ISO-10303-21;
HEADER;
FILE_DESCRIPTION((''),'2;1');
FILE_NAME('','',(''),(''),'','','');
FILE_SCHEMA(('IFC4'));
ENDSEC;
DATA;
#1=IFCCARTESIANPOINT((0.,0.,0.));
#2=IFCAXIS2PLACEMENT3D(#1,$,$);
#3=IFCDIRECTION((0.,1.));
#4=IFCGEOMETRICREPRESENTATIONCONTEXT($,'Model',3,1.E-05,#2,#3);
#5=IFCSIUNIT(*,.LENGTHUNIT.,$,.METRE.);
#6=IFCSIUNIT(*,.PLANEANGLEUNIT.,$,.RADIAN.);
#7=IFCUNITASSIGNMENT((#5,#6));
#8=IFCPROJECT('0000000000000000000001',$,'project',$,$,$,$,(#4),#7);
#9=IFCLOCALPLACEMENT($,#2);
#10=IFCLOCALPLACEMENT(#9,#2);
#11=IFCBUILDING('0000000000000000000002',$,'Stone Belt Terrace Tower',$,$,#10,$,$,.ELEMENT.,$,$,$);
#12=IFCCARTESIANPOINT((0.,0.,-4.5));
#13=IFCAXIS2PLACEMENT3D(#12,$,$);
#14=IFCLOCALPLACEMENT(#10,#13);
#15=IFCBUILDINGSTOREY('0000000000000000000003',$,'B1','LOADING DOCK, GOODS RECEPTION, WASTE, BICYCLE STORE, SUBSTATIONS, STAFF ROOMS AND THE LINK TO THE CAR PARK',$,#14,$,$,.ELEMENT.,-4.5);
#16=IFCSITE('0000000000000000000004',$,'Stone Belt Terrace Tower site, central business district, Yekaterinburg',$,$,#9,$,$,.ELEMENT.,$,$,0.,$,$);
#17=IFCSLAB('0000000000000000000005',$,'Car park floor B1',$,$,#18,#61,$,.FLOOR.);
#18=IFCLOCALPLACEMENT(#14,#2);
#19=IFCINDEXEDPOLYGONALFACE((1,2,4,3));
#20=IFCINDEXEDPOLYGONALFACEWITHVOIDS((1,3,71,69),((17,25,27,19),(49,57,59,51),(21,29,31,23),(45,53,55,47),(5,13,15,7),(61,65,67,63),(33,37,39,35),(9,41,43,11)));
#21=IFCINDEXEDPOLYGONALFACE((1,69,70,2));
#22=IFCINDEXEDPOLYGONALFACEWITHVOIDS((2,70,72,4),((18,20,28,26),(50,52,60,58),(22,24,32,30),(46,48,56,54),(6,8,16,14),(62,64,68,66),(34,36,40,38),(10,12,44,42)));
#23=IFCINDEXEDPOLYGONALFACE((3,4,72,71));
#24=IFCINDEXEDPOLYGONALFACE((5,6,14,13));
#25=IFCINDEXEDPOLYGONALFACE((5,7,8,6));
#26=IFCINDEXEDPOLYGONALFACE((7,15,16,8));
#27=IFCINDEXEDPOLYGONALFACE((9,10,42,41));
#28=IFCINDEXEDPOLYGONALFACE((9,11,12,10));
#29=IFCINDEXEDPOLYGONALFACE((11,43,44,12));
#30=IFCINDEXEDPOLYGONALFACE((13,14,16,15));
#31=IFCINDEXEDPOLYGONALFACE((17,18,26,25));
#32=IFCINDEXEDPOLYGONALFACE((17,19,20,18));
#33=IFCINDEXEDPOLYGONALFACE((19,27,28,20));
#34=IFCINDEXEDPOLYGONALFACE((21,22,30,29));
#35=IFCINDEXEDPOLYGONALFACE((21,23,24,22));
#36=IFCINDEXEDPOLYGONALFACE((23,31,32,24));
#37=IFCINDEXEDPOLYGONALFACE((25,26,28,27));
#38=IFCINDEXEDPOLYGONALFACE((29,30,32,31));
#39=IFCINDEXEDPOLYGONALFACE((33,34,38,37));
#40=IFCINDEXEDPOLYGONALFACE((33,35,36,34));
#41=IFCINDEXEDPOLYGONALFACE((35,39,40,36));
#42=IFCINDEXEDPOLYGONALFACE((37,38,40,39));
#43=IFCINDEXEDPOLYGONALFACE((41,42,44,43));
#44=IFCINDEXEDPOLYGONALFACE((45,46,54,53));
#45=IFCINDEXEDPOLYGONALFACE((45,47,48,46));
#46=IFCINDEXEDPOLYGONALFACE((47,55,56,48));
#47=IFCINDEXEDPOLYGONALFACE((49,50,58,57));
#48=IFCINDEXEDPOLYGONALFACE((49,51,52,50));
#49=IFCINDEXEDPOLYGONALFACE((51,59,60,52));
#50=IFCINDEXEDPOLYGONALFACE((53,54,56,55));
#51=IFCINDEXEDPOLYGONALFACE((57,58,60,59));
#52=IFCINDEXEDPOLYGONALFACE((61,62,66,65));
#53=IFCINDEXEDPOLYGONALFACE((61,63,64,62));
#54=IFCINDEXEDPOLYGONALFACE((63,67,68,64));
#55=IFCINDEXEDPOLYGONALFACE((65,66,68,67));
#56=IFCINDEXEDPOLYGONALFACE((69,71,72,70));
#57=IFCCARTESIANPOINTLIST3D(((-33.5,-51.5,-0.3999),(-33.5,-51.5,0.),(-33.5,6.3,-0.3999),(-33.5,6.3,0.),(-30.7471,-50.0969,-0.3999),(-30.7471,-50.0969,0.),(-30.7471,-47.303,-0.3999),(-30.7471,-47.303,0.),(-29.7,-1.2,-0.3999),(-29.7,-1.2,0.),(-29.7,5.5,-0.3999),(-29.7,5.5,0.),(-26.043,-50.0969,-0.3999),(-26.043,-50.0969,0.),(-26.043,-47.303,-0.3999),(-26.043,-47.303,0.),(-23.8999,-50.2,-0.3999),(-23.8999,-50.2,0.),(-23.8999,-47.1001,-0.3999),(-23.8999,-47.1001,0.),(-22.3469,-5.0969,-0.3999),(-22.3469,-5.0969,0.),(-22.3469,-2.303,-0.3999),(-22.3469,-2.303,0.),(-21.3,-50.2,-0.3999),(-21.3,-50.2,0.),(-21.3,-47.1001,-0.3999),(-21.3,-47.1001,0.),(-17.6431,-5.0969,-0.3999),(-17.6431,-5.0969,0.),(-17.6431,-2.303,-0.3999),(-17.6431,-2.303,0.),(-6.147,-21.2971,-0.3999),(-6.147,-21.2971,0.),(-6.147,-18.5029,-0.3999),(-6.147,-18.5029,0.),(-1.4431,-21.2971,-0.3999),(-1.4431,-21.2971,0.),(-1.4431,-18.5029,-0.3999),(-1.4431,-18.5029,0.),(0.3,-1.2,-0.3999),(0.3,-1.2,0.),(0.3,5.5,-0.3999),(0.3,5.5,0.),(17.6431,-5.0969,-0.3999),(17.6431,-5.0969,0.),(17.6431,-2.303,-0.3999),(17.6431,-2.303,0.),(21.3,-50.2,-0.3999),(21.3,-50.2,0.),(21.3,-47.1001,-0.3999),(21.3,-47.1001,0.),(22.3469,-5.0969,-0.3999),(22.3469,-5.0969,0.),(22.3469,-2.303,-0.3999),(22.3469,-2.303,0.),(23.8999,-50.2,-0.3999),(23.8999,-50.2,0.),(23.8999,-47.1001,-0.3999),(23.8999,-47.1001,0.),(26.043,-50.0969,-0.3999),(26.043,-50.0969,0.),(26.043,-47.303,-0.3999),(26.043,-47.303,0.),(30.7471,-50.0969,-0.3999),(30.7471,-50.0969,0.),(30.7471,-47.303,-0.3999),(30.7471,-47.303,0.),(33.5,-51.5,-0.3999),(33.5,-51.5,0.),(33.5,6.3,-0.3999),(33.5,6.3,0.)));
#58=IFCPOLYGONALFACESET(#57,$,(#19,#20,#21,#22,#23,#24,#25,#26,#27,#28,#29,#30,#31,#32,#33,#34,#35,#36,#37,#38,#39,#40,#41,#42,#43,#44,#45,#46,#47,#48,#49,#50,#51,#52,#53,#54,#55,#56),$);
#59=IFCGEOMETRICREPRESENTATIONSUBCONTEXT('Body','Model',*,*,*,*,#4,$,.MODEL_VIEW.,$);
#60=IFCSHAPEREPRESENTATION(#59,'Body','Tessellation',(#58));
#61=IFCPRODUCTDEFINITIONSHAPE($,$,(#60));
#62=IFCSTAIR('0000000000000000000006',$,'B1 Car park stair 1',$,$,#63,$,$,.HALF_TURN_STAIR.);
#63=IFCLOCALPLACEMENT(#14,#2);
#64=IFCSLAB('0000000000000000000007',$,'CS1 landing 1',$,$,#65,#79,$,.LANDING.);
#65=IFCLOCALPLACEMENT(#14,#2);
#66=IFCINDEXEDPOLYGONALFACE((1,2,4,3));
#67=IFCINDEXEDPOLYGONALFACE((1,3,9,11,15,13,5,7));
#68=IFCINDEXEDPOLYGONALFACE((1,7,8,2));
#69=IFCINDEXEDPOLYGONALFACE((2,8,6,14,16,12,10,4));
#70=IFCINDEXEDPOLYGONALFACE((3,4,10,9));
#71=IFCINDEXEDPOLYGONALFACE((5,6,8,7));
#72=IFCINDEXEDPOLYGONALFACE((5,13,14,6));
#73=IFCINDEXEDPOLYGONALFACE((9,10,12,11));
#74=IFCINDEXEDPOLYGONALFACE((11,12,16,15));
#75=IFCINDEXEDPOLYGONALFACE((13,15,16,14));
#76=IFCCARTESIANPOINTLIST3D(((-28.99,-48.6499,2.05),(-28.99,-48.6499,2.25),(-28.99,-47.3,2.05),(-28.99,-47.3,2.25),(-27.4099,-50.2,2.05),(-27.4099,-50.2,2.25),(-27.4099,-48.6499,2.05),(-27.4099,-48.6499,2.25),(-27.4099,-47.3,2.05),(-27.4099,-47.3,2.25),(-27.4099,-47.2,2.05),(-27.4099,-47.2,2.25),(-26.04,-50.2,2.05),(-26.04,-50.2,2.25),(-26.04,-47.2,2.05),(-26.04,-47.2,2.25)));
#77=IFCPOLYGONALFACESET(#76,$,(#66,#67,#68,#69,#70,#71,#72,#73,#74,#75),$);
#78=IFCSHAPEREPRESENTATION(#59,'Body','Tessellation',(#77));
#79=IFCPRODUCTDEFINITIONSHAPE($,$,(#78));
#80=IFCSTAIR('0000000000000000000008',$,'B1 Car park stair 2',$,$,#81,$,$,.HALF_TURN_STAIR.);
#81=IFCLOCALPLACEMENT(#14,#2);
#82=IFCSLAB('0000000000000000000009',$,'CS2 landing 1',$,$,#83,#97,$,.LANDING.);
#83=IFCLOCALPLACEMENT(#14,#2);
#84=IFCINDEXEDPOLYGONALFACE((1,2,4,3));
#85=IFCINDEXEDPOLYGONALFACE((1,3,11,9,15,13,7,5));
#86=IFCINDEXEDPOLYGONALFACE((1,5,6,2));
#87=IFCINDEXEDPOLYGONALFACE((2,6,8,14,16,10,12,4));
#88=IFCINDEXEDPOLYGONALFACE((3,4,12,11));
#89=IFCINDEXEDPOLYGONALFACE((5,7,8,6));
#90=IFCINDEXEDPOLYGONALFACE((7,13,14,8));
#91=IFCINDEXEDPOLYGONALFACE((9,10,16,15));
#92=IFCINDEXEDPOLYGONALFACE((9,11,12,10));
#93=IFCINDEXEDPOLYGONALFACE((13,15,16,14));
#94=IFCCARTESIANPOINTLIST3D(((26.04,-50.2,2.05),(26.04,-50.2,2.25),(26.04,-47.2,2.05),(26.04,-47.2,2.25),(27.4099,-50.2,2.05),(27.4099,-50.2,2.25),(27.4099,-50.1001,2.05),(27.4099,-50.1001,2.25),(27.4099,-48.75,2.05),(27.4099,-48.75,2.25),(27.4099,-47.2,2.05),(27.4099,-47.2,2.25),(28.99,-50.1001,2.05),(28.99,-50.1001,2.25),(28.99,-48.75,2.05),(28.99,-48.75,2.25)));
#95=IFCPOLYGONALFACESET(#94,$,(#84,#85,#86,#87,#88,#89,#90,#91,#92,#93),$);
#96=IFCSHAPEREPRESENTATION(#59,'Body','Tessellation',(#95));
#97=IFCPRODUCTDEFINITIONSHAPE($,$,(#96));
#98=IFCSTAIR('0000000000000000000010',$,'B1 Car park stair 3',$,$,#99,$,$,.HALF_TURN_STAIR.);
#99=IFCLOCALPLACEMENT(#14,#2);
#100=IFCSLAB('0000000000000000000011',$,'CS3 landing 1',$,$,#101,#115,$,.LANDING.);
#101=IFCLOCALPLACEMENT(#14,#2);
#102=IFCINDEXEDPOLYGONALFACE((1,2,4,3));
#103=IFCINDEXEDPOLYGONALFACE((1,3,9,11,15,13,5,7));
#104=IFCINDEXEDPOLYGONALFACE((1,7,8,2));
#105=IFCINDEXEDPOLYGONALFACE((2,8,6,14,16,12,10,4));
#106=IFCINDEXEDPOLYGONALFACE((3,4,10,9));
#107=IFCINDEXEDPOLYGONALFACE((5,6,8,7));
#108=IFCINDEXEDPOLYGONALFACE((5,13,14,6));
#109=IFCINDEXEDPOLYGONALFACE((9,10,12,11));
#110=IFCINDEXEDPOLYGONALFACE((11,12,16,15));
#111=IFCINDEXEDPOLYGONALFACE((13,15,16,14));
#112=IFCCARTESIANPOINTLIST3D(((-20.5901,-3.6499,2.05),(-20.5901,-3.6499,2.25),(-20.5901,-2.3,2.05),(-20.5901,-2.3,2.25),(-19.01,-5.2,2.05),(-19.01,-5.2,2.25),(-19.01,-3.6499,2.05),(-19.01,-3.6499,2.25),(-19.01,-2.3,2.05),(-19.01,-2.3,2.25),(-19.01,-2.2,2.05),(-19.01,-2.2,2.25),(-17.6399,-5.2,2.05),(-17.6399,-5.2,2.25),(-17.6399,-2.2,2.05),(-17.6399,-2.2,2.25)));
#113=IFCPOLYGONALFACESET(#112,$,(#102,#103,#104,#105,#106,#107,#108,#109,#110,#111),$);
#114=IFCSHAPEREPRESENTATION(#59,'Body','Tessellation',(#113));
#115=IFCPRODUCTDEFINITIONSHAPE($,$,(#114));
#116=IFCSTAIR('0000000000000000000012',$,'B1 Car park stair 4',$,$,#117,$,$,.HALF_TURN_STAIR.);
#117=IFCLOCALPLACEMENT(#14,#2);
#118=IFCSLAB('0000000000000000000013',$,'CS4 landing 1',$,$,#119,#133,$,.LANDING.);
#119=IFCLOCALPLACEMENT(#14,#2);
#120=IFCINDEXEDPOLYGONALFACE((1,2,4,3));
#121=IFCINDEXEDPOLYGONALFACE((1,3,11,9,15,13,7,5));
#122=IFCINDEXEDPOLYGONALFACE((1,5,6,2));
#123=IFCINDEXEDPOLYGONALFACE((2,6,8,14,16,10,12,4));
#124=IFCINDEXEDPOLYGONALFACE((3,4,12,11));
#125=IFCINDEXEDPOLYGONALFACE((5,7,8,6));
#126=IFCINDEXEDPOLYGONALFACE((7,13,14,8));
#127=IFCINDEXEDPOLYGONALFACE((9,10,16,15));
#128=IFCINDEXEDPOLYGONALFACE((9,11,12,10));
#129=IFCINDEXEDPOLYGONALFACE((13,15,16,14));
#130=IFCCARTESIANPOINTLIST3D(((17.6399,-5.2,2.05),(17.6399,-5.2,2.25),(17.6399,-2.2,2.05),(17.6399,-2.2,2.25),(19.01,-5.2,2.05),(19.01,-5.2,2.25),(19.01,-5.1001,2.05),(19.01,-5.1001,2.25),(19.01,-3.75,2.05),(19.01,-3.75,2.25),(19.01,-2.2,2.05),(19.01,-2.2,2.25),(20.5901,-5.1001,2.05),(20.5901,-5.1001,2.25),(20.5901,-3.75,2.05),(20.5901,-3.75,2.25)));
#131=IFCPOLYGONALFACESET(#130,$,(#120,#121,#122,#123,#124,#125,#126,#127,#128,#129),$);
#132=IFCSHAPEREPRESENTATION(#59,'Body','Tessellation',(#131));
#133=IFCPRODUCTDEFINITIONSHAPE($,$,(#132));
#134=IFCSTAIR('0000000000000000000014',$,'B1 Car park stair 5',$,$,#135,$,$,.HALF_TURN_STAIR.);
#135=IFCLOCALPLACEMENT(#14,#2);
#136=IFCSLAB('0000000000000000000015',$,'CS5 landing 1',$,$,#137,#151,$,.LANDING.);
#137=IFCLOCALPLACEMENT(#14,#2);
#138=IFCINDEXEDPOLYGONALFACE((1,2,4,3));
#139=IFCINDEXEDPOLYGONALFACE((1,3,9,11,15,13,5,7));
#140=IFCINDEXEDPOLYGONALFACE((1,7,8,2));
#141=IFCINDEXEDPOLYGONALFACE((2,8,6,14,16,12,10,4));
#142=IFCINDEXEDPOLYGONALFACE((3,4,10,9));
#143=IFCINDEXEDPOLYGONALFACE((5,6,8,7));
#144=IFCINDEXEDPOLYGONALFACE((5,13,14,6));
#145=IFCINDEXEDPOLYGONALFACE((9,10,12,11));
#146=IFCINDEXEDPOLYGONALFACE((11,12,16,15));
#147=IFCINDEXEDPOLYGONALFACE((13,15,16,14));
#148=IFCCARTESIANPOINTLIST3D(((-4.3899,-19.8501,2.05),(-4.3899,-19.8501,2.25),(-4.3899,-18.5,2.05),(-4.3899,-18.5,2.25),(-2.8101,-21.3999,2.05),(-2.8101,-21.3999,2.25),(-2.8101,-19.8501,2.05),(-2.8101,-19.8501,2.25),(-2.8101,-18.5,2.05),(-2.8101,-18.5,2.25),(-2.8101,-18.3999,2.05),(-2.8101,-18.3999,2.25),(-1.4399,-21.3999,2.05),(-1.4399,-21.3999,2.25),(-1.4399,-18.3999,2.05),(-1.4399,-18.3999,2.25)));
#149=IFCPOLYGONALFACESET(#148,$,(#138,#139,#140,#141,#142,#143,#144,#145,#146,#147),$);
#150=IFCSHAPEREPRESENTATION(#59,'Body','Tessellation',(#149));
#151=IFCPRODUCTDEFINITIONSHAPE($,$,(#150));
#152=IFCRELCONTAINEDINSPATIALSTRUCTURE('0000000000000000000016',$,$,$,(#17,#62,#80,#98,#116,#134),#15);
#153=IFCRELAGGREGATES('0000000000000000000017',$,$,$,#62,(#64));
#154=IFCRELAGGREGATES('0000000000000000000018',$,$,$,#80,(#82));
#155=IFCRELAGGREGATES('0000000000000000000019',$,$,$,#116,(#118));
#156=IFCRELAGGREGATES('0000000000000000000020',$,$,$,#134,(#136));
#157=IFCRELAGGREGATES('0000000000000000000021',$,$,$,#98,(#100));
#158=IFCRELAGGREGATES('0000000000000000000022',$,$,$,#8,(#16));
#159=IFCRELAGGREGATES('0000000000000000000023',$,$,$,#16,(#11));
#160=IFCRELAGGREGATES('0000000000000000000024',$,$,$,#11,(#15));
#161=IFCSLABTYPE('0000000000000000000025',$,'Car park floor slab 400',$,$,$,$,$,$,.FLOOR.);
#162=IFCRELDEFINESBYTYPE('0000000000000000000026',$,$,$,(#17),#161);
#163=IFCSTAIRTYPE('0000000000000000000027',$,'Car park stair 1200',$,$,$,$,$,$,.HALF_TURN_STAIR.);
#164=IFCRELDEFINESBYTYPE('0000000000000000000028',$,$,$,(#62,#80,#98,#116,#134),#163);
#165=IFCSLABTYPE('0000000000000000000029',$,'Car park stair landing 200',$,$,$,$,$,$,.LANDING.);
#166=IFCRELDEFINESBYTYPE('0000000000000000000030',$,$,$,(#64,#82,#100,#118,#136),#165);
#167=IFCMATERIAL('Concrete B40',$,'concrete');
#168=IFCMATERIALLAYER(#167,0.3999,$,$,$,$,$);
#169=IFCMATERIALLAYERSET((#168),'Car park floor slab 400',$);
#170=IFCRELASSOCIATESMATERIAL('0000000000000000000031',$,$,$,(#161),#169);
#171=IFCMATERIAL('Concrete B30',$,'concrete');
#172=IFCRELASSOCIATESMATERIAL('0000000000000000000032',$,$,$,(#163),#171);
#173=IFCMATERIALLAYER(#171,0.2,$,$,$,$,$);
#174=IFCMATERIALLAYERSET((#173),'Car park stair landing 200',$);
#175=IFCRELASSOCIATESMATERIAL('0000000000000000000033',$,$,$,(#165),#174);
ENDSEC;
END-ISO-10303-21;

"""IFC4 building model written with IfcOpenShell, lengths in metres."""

from ifc_helpers import new_model, si_unit, direction, frame, origin, place, context, subcontext, project, spatial, polyline, outline, extrude, material, layer, layer_set, type_object, element, aggregate, save


model = new_model("IFC4")

# Units and contexts
model_context = context("Model", 3, precision=1e-05, world=origin(), true_north=direction((0.0, 1.0)))
body_context = subcontext(model_context, "Body", "Model", "MODEL_VIEW")
ifc_project = project(units=[si_unit("LENGTHUNIT", "METRE"), si_unit("PLANEANGLEUNIT", "RADIAN")], contexts=[model_context])

# Site, building, storey
site_placement = place(None, origin())
site = spatial("IfcSite", under=ifc_project, at=site_placement, Name="Stone Belt Terrace Tower site, central business district, Yekaterinburg", CompositionType="ELEMENT", RefElevation=0.0)
building_placement = place(site_placement, origin())
building = spatial("IfcBuilding", under=site, at=building_placement, Name="Stone Belt Terrace Tower", CompositionType="ELEMENT")
storey_placement = place(building_placement, frame((0.0, 0.0, -4.5)))
storey = spatial("IfcBuildingStorey", under=building, at=storey_placement, Name="B1", Description="LOADING DOCK, GOODS RECEPTION, WASTE, BICYCLE STORE, SUBSTATIONS, STAFF ROOMS AND THE LINK TO THE CAR PARK", CompositionType="ELEMENT", Elevation=-4.5)

# Shared definitions
ifc_material_1 = material(Name="Concrete B40", Category="concrete")

# Slab
ifc_layer_1 = layer(ifc_material_1, 0.3999)
ifc_layer_set_1 = layer_set([ifc_layer_1], Name="Car park floor slab 400")
slab_type_1 = type_object("IfcSlabType", Name="Car park floor slab 400", PredefinedType="FLOOR", material=ifc_layer_set_1)
slab_1_placement = place(storey_placement, frame((0.0, 0.0, -0.3999)))
element("IfcSlab", 1, at=slab_1_placement, inside=storey, type_object=slab_type_1, Name="Car park floor B1", PredefinedType="FLOOR", context=body_context, shape_type="SweptSolid", body=[
    extrude(outline(polyline([(-33.5, -51.5), (33.5, -51.5), (33.5, 6.3), (-33.5, 6.3), (-33.5, -51.5)]), holes=[polyline([(0.3, -1.2), (0.3, 5.5), (-29.7, 5.5), (-29.7, -1.2), (0.3, -1.2)]), polyline([(-30.7471, -47.303), (-30.7471, -50.0969), (-26.043, -50.0969), (-26.043, -47.303), (-30.7471, -47.303)]), polyline([(26.043, -50.0969), (30.7471, -50.0969), (30.7471, -47.303), (26.043, -47.303), (26.043, -50.0969)]), polyline([(-17.6431, -5.0969), (-17.6431, -2.303), (-22.3469, -2.303), (-22.3469, -5.0969), (-17.6431, -5.0969)]), polyline([(22.3469, -2.303), (17.6431, -2.303), (17.6431, -5.0969), (22.3469, -5.0969), (22.3469, -2.303)]), polyline([(-6.147, -18.5029), (-6.147, -21.2971), (-1.4431, -21.2971), (-1.4431, -18.5029), (-6.147, -18.5029)]), polyline([(-23.8999, -47.1001), (-23.8999, -50.2), (-21.3, -50.2), (-21.3, -47.1001), (-23.8999, -47.1001)]), polyline([(23.8999, -47.1001), (21.3, -47.1001), (21.3, -50.2), (23.8999, -50.2), (23.8999, -47.1001)])]), origin(), (0.0, 0.0, 1.0), 0.3999),
])

# Stairs, slabs
ifc_material_2 = material(Name="Concrete B30", Category="concrete")
stair_type = type_object("IfcStairType", Name="Car park stair 1200", PredefinedType="HALF_TURN_STAIR", material=ifc_material_2)
stair_1_placement = place(storey_placement, origin())
stair_1 = element("IfcStair", 2, at=stair_1_placement, inside=storey, type_object=stair_type, Name="B1 Car park stair 1", PredefinedType="HALF_TURN_STAIR")
ifc_layer_2 = layer(ifc_material_2, 0.2)
ifc_layer_set_2 = layer_set([ifc_layer_2], Name="Car park stair landing 200")
slab_type_2 = type_object("IfcSlabType", Name="Car park stair landing 200", PredefinedType="LANDING", material=ifc_layer_set_2)
slab_2_placement = place(storey_placement, frame((0.0, 0.0, 2.05)))
slab_2 = element("IfcSlab", 3, at=slab_2_placement, type_object=slab_type_2, Name="CS1 landing 1", PredefinedType="LANDING", context=body_context, shape_type="SweptSolid", body=[
    extrude(outline(polyline([(-27.4099, -50.2), (-26.04, -50.2), (-26.04, -47.2), (-27.4099, -47.2), (-27.4099, -47.3), (-28.99, -47.3), (-28.99, -48.6499), (-27.4099, -48.6499), (-27.4099, -50.2)])), origin(), (0.0, 0.0, 1.0), 0.2),
])
aggregate(stair_1, [slab_2])
stair_2_placement = place(storey_placement, origin())
stair_2 = element("IfcStair", 4, at=stair_2_placement, inside=storey, type_object=stair_type, Name="B1 Car park stair 2", PredefinedType="HALF_TURN_STAIR")
slab_3_placement = place(storey_placement, frame((0.0, 0.0, 2.05)))
slab_3 = element("IfcSlab", 5, at=slab_3_placement, type_object=slab_type_2, Name="CS2 landing 1", PredefinedType="LANDING", context=body_context, shape_type="SweptSolid", body=[
    extrude(outline(polyline([(26.04, -50.2), (27.4099, -50.2), (27.4099, -50.1001), (28.99, -50.1001), (28.99, -48.75), (27.4099, -48.75), (27.4099, -47.2), (26.04, -47.2), (26.04, -50.2)])), origin(), (0.0, 0.0, 1.0), 0.2),
])
aggregate(stair_2, [slab_3])
stair_3_placement = place(storey_placement, origin())
stair_3 = element("IfcStair", 6, at=stair_3_placement, inside=storey, type_object=stair_type, Name="B1 Car park stair 3", PredefinedType="HALF_TURN_STAIR")
slab_4_placement = place(storey_placement, frame((0.0, 0.0, 2.05)))
slab_4 = element("IfcSlab", 7, at=slab_4_placement, type_object=slab_type_2, Name="CS3 landing 1", PredefinedType="LANDING", context=body_context, shape_type="SweptSolid", body=[
    extrude(outline(polyline([(-19.01, -5.2), (-17.6399, -5.2), (-17.6399, -2.2), (-19.01, -2.2), (-19.01, -2.3), (-20.5901, -2.3), (-20.5901, -3.6499), (-19.01, -3.6499), (-19.01, -5.2)])), origin(), (0.0, 0.0, 1.0), 0.2),
])
stair_4_placement = place(storey_placement, origin())
stair_4 = element("IfcStair", 8, at=stair_4_placement, inside=storey, type_object=stair_type, Name="B1 Car park stair 4", PredefinedType="HALF_TURN_STAIR")
slab_5_placement = place(storey_placement, frame((0.0, 0.0, 2.05)))
slab_5 = element("IfcSlab", 9, at=slab_5_placement, type_object=slab_type_2, Name="CS4 landing 1", PredefinedType="LANDING", context=body_context, shape_type="SweptSolid", body=[
    extrude(outline(polyline([(17.6399, -5.2), (19.01, -5.2), (19.01, -5.1001), (20.5901, -5.1001), (20.5901, -3.75), (19.01, -3.75), (19.01, -2.2), (17.6399, -2.2), (17.6399, -5.2)])), origin(), (0.0, 0.0, 1.0), 0.2),
])
aggregate(stair_4, [slab_5])
stair_5_placement = place(storey_placement, origin())
stair_5 = element("IfcStair", 10, at=stair_5_placement, inside=storey, type_object=stair_type, Name="B1 Car park stair 5", PredefinedType="HALF_TURN_STAIR")
slab_6_placement = place(storey_placement, frame((0.0, 0.0, 2.05)))
slab_6 = element("IfcSlab", 11, at=slab_6_placement, type_object=slab_type_2, Name="CS5 landing 1", PredefinedType="LANDING", context=body_context, shape_type="SweptSolid", body=[
    extrude(outline(polyline([(-2.8101, -21.3999), (-1.4399, -21.3999), (-1.4399, -18.3999), (-2.8101, -18.3999), (-2.8101, -18.5), (-4.3899, -18.5), (-4.3899, -19.8501), (-2.8101, -19.8501), (-2.8101, -21.3999)])), origin(), (0.0, 0.0, 1.0), 0.2),
])
aggregate(stair_5, [slab_6])

aggregate(stair_3, [slab_4])

save(model, "model.ifc")
